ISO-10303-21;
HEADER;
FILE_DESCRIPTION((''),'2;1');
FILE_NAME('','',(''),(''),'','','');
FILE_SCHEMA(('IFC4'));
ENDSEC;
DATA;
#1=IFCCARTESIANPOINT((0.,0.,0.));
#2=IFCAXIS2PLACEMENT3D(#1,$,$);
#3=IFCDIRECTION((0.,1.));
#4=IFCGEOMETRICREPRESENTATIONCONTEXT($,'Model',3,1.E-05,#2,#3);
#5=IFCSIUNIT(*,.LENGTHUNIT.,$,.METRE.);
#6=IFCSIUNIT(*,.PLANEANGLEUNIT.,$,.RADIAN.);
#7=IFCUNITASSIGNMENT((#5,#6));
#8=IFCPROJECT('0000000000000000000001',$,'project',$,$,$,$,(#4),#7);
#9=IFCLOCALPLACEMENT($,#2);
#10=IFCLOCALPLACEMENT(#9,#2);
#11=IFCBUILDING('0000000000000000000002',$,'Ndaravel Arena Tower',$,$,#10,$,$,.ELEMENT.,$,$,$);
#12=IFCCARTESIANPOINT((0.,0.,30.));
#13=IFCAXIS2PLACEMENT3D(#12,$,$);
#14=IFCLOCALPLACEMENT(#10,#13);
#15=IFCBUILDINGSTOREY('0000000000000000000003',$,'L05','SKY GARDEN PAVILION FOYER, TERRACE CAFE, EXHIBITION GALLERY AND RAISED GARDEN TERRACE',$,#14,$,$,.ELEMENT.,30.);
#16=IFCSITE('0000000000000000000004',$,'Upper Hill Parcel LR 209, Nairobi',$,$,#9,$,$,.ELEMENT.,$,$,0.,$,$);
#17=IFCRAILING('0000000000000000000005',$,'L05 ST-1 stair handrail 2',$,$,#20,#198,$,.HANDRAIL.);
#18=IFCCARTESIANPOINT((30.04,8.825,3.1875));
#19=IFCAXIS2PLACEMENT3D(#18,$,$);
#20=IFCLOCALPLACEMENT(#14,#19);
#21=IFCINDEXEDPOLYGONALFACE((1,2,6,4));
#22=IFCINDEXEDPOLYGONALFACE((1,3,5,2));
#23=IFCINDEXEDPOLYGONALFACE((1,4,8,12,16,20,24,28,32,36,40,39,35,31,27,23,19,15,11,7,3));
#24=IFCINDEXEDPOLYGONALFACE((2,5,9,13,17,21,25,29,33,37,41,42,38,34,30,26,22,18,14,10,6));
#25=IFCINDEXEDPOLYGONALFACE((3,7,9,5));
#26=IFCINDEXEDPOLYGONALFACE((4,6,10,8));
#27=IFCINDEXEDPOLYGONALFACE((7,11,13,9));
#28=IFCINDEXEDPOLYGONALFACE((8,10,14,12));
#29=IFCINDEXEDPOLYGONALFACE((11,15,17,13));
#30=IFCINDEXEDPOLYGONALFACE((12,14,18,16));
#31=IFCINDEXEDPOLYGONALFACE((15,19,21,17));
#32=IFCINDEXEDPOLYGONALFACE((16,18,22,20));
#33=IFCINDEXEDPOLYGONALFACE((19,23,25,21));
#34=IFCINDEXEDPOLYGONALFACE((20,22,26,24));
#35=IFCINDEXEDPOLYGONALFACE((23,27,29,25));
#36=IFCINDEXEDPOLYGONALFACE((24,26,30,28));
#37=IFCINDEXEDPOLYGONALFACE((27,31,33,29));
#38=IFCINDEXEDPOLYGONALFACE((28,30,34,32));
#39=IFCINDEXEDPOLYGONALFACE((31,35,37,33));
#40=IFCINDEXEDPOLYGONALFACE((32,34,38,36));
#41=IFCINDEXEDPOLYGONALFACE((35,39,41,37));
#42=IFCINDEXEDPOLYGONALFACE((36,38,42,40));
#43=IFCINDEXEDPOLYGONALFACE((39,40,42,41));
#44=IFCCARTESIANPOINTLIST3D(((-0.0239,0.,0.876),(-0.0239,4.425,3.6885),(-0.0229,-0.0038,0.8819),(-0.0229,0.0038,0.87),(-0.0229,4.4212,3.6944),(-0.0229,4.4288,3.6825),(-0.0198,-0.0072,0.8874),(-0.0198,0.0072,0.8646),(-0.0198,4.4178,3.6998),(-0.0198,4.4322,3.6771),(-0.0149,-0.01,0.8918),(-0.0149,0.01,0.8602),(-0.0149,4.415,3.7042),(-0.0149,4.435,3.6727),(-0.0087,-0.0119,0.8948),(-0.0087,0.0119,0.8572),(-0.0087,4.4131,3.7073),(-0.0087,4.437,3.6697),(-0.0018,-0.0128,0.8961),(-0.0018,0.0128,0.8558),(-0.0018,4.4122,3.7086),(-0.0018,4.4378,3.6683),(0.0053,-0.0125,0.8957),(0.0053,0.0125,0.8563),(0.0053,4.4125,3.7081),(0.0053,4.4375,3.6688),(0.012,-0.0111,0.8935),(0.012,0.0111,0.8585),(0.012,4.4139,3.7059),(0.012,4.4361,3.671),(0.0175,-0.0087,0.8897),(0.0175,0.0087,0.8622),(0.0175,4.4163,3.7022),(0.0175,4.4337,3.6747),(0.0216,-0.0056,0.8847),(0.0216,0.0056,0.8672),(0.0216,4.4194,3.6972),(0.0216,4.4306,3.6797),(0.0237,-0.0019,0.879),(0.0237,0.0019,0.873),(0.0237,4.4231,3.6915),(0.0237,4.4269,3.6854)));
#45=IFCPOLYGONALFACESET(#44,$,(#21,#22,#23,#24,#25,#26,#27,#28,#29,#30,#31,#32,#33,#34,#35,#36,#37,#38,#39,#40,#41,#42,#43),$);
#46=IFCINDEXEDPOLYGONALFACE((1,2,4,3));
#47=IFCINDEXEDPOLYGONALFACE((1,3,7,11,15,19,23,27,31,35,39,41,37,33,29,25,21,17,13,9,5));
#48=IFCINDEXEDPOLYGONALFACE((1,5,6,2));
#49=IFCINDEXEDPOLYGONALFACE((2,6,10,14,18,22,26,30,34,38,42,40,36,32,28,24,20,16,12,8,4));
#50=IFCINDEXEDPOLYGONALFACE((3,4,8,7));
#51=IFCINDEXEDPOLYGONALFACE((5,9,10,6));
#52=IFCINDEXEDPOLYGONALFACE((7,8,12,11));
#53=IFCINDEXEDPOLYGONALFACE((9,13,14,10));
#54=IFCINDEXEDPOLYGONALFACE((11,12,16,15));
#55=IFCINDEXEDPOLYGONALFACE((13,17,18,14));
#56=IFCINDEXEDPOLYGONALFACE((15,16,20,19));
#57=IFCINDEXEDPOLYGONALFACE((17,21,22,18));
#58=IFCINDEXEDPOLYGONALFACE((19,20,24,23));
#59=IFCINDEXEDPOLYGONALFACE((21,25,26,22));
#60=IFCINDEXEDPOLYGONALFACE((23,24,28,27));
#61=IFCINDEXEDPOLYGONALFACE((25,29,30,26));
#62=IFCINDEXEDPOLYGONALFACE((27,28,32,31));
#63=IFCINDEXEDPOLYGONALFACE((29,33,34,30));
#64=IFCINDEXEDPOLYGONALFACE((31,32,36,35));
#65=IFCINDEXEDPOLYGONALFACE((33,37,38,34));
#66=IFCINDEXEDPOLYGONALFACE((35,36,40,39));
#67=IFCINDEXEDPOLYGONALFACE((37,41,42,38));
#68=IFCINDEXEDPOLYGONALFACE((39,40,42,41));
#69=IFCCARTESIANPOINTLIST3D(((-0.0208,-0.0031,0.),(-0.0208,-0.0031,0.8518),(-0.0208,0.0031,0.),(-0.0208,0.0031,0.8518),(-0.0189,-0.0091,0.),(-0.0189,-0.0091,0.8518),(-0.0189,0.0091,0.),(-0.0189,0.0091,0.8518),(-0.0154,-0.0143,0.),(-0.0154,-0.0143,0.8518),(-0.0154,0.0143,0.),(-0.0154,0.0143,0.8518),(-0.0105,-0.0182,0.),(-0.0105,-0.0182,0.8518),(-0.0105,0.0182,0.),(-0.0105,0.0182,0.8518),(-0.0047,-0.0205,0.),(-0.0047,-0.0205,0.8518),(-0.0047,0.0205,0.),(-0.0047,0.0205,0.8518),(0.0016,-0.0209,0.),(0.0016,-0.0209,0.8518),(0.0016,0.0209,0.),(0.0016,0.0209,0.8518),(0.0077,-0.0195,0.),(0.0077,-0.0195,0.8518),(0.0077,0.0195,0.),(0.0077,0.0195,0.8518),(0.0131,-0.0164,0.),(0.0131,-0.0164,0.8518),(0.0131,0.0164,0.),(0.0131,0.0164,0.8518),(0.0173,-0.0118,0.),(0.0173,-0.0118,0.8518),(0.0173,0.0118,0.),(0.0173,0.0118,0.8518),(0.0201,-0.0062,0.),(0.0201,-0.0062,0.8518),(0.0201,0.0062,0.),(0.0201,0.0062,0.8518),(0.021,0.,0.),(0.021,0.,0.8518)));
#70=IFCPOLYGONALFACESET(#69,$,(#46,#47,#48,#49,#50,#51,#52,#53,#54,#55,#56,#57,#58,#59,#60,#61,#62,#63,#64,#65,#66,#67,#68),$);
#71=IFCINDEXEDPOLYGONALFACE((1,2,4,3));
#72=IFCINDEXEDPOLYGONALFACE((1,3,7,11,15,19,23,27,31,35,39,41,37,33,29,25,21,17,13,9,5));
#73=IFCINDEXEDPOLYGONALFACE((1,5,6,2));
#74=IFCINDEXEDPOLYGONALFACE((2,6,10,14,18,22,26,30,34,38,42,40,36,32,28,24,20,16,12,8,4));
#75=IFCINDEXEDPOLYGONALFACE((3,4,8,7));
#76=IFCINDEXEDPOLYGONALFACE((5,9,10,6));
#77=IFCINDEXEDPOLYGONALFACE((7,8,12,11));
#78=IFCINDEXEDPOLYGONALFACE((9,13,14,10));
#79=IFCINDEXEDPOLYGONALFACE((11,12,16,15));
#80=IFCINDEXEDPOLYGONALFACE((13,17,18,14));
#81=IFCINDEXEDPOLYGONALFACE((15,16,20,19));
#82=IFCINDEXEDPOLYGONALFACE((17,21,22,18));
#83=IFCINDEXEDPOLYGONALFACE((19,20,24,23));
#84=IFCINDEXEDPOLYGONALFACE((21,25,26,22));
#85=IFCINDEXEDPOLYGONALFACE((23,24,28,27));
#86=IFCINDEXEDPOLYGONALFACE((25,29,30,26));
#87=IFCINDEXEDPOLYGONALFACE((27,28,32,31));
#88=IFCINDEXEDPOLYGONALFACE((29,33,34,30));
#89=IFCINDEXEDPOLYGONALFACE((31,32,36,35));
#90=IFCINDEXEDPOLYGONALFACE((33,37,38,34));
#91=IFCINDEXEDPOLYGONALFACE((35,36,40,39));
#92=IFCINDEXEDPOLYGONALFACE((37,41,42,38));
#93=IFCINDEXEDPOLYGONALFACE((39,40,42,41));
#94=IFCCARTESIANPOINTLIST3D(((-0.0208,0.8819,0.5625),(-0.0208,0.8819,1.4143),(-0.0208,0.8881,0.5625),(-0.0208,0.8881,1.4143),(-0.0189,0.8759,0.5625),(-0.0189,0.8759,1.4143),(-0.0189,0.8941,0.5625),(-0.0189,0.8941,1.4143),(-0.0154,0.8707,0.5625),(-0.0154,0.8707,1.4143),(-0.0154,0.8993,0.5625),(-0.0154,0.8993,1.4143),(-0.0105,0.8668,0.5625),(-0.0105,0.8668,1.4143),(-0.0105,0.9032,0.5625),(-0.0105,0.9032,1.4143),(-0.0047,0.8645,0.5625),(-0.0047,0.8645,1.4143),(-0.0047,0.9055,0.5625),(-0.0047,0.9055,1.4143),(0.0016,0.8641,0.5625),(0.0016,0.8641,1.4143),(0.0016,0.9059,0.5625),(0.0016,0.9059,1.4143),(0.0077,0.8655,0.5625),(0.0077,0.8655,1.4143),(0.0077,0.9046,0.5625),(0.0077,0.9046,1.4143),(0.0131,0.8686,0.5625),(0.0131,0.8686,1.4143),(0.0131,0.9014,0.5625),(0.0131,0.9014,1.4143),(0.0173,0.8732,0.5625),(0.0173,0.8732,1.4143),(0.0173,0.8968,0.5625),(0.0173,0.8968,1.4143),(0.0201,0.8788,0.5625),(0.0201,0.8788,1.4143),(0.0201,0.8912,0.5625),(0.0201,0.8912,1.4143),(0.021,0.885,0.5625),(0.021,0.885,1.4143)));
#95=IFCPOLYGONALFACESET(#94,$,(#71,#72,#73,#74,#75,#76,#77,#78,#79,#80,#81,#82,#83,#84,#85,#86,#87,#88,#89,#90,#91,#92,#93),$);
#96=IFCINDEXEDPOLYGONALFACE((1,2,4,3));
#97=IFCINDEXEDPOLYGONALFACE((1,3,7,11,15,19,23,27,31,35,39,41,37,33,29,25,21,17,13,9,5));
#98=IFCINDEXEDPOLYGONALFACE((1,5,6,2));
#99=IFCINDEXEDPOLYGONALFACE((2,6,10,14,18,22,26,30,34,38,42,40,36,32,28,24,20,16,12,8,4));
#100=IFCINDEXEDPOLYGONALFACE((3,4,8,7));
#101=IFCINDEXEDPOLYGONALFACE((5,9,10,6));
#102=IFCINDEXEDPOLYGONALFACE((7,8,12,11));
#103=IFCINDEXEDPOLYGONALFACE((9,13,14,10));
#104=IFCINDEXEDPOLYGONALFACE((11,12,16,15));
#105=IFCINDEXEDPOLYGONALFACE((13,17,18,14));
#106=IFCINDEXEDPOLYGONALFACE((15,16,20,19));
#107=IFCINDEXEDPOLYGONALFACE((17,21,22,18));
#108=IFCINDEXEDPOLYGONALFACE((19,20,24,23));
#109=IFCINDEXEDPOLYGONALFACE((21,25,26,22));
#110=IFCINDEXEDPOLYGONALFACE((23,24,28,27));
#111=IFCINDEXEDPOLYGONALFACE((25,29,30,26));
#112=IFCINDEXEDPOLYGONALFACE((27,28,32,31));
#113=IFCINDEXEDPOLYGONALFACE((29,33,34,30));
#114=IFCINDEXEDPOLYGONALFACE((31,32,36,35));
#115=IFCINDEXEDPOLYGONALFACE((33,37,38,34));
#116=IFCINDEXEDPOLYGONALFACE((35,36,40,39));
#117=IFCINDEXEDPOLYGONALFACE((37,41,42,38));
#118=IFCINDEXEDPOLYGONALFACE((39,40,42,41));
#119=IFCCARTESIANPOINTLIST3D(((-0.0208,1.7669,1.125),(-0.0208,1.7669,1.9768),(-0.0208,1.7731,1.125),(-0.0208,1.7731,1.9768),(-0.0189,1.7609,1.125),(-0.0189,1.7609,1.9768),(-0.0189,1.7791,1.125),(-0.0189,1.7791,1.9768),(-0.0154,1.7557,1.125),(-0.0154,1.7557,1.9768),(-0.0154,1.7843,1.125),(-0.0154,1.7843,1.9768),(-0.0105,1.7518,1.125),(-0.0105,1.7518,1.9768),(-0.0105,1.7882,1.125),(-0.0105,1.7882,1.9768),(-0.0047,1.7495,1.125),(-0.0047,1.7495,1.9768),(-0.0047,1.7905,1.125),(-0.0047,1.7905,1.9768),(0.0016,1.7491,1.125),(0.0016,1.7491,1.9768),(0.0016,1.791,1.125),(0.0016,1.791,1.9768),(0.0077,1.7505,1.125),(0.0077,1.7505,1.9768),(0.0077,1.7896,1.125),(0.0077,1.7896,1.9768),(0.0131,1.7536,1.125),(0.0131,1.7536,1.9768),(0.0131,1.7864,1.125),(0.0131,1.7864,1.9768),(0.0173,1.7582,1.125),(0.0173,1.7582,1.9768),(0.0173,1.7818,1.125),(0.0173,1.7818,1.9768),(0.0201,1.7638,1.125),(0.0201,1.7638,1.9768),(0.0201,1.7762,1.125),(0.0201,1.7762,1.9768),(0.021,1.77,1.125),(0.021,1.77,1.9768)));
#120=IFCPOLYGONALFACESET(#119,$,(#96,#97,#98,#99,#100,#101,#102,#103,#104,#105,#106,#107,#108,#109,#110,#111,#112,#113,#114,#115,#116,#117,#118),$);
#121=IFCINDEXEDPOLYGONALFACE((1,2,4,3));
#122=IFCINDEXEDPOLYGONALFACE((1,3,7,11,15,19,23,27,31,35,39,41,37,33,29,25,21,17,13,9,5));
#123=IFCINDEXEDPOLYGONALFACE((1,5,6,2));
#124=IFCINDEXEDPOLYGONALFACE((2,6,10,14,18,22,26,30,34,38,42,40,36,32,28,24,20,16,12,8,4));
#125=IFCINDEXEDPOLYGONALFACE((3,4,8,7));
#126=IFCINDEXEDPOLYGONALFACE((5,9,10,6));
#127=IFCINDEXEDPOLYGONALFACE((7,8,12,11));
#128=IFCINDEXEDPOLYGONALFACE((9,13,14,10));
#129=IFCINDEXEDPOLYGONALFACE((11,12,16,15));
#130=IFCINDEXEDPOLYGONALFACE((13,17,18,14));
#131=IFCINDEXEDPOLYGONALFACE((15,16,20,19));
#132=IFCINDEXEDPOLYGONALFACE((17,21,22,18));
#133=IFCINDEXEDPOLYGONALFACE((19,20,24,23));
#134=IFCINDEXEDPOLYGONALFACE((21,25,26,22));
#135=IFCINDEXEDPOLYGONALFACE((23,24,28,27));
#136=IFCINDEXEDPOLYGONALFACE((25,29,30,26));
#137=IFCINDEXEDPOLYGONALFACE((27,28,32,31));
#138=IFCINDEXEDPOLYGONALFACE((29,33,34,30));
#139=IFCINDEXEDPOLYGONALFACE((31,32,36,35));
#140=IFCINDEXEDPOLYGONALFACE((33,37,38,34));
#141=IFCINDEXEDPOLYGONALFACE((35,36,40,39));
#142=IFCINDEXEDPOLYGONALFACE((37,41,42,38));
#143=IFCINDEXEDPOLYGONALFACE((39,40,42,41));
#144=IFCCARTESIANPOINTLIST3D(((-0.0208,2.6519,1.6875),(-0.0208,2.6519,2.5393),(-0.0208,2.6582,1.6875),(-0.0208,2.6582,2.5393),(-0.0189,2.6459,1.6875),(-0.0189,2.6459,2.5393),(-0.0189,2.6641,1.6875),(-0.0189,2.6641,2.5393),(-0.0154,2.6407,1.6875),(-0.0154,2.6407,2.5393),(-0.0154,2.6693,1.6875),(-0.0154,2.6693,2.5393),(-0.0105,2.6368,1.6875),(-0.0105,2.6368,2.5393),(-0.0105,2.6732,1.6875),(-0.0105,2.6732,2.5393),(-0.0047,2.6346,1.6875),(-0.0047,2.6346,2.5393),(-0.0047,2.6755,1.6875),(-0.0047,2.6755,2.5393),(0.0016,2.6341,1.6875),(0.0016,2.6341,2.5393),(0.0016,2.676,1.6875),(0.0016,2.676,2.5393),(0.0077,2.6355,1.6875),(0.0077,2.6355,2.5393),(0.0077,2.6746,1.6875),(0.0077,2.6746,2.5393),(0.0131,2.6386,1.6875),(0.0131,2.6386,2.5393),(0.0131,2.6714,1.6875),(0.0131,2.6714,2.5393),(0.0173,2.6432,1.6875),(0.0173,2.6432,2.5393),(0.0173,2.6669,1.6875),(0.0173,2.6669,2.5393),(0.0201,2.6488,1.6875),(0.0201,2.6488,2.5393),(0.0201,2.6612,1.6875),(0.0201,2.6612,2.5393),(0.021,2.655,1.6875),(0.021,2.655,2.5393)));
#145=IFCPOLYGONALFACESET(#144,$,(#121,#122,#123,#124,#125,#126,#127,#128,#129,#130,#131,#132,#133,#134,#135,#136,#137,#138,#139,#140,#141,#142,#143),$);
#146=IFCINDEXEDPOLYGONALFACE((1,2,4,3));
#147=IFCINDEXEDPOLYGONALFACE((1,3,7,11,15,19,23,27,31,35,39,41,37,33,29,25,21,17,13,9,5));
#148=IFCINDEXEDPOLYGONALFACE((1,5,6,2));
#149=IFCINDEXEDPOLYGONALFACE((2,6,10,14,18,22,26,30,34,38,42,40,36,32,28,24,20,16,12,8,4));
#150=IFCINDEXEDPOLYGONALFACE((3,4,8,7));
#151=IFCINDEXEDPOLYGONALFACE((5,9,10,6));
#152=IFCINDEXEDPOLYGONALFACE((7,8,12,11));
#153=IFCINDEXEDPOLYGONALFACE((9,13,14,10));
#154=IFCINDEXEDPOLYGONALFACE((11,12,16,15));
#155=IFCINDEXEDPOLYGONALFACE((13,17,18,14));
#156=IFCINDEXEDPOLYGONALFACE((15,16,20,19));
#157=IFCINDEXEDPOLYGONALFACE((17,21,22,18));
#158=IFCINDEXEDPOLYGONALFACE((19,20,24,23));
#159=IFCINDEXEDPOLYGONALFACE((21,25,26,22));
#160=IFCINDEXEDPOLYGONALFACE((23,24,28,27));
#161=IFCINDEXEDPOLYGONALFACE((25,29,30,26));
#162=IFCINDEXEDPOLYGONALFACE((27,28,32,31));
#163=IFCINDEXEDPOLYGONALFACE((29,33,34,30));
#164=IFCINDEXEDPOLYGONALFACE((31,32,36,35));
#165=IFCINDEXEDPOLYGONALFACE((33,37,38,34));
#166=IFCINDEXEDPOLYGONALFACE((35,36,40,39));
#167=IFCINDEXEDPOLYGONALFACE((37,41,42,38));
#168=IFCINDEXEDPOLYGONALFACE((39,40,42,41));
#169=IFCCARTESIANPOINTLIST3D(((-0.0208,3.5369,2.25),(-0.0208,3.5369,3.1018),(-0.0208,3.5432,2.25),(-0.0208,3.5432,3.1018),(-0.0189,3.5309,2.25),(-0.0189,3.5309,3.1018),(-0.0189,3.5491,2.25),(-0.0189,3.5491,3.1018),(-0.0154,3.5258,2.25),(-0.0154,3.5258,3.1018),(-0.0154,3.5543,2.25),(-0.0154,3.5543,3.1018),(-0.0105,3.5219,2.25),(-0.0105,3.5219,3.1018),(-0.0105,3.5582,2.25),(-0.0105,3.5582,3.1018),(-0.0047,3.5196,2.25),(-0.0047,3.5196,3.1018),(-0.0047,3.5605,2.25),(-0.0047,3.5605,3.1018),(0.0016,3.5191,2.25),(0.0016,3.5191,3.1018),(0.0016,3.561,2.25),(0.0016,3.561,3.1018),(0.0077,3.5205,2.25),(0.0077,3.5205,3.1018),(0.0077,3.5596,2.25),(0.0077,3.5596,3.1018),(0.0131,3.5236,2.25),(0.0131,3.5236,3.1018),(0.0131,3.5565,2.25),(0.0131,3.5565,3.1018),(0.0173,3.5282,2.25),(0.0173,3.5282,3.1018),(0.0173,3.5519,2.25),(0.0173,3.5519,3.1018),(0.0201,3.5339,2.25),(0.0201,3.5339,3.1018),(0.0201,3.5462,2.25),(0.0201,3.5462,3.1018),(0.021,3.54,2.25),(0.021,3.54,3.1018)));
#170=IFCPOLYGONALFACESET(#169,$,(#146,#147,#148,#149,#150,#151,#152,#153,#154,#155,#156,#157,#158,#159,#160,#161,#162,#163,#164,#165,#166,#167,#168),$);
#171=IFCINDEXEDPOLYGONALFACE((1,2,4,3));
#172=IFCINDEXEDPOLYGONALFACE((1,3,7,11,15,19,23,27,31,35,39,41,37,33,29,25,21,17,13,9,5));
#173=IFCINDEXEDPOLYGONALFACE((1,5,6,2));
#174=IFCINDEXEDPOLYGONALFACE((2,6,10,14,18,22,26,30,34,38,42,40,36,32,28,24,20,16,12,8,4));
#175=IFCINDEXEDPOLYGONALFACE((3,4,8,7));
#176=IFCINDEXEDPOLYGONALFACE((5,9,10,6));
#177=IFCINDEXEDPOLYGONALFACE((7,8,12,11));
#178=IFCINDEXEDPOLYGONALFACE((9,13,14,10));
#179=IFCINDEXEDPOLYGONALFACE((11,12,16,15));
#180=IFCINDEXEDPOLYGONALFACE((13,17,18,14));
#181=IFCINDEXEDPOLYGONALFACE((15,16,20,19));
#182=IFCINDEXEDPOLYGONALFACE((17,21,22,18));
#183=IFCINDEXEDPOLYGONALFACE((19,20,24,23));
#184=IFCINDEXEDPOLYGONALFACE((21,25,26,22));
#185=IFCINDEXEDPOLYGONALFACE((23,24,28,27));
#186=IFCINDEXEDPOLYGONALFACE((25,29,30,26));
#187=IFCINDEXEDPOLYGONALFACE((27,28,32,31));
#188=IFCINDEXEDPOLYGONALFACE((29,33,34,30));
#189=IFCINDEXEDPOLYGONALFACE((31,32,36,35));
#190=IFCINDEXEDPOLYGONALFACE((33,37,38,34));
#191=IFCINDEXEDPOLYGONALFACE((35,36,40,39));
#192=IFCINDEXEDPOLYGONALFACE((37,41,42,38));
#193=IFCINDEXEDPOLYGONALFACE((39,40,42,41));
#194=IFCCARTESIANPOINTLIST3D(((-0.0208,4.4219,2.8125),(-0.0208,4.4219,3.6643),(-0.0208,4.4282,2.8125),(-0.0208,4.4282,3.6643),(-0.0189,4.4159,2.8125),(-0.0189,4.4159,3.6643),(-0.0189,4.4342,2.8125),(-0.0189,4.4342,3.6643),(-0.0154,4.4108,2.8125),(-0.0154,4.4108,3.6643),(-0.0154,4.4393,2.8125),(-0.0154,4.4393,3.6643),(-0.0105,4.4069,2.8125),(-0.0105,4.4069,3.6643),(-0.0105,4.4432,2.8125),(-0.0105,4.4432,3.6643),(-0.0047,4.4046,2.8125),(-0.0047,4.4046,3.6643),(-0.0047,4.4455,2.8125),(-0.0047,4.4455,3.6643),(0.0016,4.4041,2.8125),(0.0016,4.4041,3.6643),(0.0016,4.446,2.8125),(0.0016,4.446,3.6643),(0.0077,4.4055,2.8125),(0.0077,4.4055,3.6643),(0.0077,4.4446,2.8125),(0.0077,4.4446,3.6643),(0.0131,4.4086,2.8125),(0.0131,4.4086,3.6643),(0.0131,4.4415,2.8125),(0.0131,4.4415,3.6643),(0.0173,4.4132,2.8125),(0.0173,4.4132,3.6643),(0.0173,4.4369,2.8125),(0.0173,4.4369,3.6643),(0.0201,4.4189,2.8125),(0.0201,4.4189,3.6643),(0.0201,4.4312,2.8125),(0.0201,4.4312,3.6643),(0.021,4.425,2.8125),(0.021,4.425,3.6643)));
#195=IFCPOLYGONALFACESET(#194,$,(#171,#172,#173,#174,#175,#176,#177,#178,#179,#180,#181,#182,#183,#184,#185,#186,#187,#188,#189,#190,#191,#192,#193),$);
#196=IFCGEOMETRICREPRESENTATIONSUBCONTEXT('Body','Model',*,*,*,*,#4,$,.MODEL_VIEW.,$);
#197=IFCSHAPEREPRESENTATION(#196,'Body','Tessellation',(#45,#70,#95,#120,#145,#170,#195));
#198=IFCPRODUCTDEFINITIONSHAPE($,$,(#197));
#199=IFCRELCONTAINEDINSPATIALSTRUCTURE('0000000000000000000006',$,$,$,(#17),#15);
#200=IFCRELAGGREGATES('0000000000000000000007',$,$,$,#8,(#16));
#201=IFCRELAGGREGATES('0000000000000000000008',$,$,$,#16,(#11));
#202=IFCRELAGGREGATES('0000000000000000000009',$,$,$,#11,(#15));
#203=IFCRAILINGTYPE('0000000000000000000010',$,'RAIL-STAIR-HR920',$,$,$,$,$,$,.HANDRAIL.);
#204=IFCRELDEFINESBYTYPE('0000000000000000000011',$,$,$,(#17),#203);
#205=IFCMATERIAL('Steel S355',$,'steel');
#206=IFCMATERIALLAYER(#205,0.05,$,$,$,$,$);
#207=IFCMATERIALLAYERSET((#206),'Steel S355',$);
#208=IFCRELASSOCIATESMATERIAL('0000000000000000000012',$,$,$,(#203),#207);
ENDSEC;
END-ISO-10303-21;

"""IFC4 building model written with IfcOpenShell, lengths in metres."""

from ifc_helpers import new_model, si_unit, direction, frame, origin, origin_2d, place, context, subcontext, project, spatial, circle, extrude, material, layer, layer_set, type_object, element, save


model = new_model("IFC4")

# Units and contexts
model_context = context("Model", 3, precision=1e-05, world=origin(), true_north=direction((0.0, 1.0)))
body_context = subcontext(model_context, "Body", "Model", "MODEL_VIEW")
ifc_project = project(units=[si_unit("LENGTHUNIT", "METRE"), si_unit("PLANEANGLEUNIT", "RADIAN")], contexts=[model_context])

# Site, building, storey
site_placement = place(None, origin())
site = spatial("IfcSite", under=ifc_project, at=site_placement, Name="Upper Hill Parcel LR 209, Nairobi", CompositionType="ELEMENT", RefElevation=0.0)
building_placement = place(site_placement, origin())
building = spatial("IfcBuilding", under=site, at=building_placement, Name="Ndaravel Arena Tower", CompositionType="ELEMENT")
storey_placement = place(building_placement, frame((0.0, 0.0, 30.0)))
storey = spatial("IfcBuildingStorey", under=building, at=storey_placement, Name="L05", Description="SKY GARDEN PAVILION FOYER, TERRACE CAFE, EXHIBITION GALLERY AND RAISED GARDEN TERRACE", CompositionType="ELEMENT", Elevation=30.0)

# Railing
ifc_material_1 = material(Name="Steel S355", Category="steel")
ifc_layer_1 = layer(ifc_material_1, 0.05)
ifc_layer_set_1 = layer_set([ifc_layer_1], Name="Steel S355")
railing_type_1 = type_object("IfcRailingType", Name="RAIL-STAIR-HR920", PredefinedType="HANDRAIL", material=ifc_layer_set_1)
railing_1_placement = place(storey_placement, frame((30.04, 8.825, 3.1875)))
element("IfcRailing", 1, at=railing_1_placement, inside=storey, type_object=railing_type_1, Name="L05 ST-1 stair handrail 2", PredefinedType="HANDRAIL", context=body_context, shape_type="SweptSolid", body=[
    extrude(circle(Radius=0.0239, at=origin_2d()), frame((0.0, 0.0, 0.876), z_axis=(0.0, 0.843959, 0.536408), x_axis=(-1.0, 0.0, 0.0)), (0.0, 0.0, 1.0), 5.2432),
    extrude(circle(Radius=0.021, at=origin_2d()), origin(), (0.0, 0.0, 1.0), 0.8518),
    extrude(circle(Radius=0.021, at=origin_2d()), frame((0.0, 0.885, 0.5625)), (0.0, 0.0, 1.0), 0.8518),
    extrude(circle(Radius=0.021, at=origin_2d()), frame((0.0, 1.77, 1.125)), (0.0, 0.0, 1.0), 0.8518),
    extrude(circle(Radius=0.021, at=origin_2d()), frame((0.0, 2.655, 1.6875)), (0.0, 0.0, 1.0), 0.8518),
    extrude(circle(Radius=0.021, at=origin_2d()), frame((0.0, 3.54, 2.25)), (0.0, 0.0, 1.0), 0.8518),
    extrude(circle(Radius=0.021, at=origin_2d()), frame((0.0, 4.425, 2.8125)), (0.0, 0.0, 1.0), 0.8518),
])

save(model, "model.ifc")
